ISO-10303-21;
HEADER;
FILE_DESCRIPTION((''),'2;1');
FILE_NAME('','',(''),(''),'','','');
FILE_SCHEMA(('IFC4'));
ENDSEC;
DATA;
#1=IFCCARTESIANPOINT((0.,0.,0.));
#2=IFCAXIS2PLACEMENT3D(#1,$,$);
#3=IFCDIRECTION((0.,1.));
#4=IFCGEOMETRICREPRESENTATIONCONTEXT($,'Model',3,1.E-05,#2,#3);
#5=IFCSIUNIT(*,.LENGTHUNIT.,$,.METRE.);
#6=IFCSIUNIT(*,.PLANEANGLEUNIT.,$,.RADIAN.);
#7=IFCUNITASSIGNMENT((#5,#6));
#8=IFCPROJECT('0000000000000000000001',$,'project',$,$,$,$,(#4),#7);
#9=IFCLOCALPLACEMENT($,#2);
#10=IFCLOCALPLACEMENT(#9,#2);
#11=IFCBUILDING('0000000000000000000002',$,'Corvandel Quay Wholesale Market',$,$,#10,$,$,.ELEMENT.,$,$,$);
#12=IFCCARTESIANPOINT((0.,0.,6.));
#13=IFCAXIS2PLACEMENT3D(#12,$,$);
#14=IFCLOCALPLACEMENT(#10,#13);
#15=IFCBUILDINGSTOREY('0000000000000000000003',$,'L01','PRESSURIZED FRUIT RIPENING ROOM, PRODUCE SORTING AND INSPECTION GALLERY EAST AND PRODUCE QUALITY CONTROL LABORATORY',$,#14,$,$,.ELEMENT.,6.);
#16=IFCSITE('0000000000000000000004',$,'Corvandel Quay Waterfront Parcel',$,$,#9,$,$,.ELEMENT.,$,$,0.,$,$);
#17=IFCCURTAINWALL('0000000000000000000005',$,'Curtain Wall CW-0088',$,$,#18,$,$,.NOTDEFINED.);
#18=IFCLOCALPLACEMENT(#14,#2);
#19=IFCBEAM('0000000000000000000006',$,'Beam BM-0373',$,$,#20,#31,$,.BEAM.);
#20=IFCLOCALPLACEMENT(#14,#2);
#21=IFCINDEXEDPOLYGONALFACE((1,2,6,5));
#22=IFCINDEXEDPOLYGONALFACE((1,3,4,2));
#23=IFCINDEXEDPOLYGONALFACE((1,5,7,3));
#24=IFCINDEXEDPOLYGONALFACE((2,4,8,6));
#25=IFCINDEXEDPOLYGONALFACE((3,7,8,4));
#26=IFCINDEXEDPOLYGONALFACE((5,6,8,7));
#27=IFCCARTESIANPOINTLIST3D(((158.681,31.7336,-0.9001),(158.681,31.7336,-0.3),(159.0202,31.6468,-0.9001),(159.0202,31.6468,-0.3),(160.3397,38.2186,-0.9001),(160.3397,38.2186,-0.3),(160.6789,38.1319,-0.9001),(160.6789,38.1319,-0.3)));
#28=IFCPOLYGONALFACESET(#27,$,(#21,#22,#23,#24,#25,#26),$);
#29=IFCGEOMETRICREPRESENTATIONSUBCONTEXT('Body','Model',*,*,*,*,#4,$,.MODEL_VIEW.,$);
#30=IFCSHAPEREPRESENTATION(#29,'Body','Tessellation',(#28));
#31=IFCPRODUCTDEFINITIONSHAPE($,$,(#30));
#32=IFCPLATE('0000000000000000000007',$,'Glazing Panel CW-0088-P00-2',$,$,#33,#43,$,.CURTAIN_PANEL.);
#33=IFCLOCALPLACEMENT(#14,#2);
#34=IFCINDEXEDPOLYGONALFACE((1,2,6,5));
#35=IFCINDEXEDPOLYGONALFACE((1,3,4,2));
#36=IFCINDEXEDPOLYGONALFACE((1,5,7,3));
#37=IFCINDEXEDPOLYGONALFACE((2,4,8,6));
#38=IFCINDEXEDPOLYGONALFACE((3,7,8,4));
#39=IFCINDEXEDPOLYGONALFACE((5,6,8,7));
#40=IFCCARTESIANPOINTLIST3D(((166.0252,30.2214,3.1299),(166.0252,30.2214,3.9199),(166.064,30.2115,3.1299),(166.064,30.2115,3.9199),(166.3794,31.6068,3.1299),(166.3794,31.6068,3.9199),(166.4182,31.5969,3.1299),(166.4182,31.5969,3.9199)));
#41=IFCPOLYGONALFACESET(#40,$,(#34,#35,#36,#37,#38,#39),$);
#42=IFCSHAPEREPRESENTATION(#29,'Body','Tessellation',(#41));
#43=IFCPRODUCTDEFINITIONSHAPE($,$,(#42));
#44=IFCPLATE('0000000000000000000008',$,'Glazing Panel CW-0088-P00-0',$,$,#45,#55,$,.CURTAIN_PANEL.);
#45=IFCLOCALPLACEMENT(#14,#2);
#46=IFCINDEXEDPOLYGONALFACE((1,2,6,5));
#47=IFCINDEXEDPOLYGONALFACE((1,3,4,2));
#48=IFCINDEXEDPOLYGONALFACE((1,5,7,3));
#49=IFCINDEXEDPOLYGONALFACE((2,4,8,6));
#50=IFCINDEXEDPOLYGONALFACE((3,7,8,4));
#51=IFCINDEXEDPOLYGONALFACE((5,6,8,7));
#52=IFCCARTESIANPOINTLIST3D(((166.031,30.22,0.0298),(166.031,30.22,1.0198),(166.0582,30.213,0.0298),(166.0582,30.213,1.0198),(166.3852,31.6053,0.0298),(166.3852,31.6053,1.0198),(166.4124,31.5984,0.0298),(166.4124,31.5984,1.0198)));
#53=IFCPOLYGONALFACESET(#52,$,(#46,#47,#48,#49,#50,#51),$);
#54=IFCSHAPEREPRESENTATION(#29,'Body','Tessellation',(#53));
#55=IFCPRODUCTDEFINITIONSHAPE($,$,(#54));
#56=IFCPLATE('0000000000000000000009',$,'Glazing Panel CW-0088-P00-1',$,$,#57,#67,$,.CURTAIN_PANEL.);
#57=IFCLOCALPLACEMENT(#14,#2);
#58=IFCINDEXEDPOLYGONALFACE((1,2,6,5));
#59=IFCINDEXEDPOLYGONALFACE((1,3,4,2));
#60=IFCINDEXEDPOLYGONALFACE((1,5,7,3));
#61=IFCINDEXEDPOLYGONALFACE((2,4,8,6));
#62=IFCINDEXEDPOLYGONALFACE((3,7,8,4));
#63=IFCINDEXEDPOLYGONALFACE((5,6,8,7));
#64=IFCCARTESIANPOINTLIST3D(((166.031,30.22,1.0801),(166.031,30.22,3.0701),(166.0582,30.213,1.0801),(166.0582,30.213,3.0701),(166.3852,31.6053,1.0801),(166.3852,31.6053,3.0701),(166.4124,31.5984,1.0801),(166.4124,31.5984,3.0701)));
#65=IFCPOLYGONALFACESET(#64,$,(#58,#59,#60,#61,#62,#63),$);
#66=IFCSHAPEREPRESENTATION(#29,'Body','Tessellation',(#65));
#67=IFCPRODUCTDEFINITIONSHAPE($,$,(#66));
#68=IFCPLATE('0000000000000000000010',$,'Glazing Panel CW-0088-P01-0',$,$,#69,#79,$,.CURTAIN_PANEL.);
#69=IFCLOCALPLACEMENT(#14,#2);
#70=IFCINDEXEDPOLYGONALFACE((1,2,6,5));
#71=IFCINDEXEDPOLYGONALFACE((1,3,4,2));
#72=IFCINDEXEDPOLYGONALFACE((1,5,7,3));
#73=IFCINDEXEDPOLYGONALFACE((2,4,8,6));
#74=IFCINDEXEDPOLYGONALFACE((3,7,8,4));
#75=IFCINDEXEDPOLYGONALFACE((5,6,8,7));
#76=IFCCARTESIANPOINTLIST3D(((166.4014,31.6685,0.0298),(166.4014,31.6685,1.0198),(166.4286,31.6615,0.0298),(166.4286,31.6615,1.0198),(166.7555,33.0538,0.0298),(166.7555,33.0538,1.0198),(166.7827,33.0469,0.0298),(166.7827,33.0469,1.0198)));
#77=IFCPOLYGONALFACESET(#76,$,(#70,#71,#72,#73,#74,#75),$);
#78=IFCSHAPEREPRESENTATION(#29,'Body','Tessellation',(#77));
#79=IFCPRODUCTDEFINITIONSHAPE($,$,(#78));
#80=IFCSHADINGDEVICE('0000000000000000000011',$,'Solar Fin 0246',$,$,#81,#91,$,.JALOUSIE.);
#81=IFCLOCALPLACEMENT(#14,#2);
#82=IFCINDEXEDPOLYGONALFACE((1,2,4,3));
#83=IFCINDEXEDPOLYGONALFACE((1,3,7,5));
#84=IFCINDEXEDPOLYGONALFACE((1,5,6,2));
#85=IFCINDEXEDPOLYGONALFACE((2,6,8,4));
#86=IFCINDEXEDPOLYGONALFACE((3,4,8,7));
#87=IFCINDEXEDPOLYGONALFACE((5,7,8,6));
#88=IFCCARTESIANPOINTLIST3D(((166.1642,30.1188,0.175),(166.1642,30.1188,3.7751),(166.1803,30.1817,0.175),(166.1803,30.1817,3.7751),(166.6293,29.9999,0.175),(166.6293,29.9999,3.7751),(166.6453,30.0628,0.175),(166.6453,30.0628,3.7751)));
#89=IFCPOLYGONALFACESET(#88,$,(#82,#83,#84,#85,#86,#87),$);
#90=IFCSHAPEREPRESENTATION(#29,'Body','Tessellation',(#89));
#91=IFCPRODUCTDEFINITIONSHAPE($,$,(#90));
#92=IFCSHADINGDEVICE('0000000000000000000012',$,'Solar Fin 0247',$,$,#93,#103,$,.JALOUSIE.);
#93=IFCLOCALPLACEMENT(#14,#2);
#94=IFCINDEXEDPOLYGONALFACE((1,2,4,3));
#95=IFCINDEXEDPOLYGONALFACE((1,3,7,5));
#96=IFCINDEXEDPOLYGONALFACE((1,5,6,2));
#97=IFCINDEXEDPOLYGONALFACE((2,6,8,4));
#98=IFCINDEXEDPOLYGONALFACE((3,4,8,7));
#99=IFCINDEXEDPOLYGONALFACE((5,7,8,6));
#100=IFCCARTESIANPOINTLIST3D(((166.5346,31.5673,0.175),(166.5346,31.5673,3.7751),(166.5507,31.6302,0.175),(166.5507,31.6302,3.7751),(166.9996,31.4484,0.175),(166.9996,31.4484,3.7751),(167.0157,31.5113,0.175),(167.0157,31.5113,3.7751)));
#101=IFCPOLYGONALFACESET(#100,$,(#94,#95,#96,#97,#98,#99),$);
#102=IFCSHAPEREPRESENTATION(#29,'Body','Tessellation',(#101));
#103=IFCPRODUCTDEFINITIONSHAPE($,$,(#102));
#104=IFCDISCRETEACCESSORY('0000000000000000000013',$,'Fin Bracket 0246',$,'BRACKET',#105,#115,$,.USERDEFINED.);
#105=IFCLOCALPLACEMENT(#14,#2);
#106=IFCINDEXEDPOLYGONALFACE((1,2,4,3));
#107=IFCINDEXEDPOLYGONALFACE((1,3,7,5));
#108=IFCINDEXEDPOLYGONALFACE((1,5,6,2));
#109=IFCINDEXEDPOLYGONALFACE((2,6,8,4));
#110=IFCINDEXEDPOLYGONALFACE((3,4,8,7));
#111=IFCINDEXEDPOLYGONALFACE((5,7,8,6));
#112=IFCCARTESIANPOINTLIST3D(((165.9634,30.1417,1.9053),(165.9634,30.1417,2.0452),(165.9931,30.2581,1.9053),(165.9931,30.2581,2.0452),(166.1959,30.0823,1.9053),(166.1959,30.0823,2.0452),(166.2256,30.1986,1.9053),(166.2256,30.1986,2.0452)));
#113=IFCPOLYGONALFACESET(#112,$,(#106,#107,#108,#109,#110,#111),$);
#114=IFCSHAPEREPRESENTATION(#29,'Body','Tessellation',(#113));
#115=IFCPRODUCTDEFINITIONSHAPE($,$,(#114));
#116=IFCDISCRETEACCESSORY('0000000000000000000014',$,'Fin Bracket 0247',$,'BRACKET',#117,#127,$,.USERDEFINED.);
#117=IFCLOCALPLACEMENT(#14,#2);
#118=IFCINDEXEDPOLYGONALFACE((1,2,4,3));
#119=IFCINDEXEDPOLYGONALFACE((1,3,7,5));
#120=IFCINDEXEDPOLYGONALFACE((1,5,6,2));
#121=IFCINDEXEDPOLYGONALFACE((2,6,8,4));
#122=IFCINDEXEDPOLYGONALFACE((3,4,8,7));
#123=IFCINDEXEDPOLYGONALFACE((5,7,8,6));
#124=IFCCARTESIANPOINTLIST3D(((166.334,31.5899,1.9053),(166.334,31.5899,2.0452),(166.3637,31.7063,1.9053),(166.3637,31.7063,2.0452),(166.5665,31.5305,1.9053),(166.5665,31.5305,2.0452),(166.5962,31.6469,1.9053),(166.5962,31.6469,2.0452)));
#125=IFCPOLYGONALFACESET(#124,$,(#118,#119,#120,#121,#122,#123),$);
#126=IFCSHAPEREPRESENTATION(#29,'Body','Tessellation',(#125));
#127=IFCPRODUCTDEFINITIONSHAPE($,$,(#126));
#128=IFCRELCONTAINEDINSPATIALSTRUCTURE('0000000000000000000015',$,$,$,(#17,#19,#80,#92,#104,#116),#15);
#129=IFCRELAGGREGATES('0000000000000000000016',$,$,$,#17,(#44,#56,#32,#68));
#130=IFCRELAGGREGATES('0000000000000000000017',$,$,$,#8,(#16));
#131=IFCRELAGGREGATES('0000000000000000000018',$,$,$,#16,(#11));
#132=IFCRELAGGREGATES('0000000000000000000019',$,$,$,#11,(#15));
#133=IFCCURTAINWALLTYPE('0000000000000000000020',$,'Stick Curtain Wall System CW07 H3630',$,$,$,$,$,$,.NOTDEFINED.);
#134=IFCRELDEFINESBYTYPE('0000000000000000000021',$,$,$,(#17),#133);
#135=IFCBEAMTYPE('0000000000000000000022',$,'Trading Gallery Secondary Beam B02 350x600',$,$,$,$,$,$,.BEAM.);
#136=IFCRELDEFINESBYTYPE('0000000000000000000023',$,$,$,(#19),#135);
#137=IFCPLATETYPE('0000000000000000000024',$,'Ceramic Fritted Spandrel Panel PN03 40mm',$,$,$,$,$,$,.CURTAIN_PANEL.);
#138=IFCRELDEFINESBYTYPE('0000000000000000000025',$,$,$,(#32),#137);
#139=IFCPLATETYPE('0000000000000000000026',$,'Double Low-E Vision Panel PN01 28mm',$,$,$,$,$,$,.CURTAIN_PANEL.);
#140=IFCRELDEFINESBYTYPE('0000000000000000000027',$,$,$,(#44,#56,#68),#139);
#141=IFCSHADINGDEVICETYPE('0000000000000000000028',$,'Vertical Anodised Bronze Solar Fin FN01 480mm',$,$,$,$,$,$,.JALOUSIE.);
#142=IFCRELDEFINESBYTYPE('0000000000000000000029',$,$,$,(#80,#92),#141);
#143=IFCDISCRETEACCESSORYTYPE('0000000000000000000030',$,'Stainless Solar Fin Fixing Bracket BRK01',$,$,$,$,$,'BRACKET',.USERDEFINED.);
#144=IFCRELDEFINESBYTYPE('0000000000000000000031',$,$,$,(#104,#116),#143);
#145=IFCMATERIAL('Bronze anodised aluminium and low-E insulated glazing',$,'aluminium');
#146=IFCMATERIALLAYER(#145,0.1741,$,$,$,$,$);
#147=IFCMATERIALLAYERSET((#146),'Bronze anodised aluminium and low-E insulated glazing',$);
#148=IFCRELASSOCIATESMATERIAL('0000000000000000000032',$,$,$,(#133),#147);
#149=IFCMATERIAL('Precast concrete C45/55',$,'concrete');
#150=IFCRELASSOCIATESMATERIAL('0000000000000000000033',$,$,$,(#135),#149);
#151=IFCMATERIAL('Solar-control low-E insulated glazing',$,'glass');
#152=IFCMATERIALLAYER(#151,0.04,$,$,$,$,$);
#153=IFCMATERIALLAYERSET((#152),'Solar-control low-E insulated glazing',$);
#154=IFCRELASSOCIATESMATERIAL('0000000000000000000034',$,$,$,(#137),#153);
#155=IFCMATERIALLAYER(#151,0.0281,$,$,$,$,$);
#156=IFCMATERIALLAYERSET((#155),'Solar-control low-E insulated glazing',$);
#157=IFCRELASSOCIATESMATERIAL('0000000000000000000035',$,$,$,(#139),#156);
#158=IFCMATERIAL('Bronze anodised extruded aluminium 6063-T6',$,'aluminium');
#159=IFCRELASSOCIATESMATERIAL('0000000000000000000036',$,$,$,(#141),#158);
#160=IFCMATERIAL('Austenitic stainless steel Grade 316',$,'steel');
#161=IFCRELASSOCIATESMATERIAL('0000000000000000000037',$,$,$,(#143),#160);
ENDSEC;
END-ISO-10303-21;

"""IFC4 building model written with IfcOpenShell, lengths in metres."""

from ifc_helpers import new_model, si_unit, direction, frame, origin, origin_2d, place, context, subcontext, project, spatial, rectangle, extrude, material, layer, layer_set, material_profile, profile_set, type_object, element, aggregate, save


model = new_model("IFC4")

# Units and contexts
model_context = context("Model", 3, precision=1e-05, world=origin(), true_north=direction((0.0, 1.0)))
body_context = subcontext(model_context, "Body", "Model", "MODEL_VIEW")
ifc_project = project(units=[si_unit("LENGTHUNIT", "METRE"), si_unit("PLANEANGLEUNIT", "RADIAN")], contexts=[model_context])

# Site, building, storey
site_placement = place(None, origin())
site = spatial("IfcSite", under=ifc_project, at=site_placement, Name="Corvandel Quay Waterfront Parcel", CompositionType="ELEMENT", RefElevation=0.0)
building_placement = place(site_placement, origin())
building = spatial("IfcBuilding", under=site, at=building_placement, Name="Corvandel Quay Wholesale Market", CompositionType="ELEMENT")
storey_placement = place(building_placement, frame((0.0, 0.0, 6.0)))
storey = spatial("IfcBuildingStorey", under=building, at=storey_placement, Name="L01", Description="PRESSURIZED FRUIT RIPENING ROOM, PRODUCE SORTING AND INSPECTION GALLERY EAST AND PRODUCE QUALITY CONTROL LABORATORY", CompositionType="ELEMENT", Elevation=6.0)

# Shared definitions
ifc_material_1 = material(Name="Precast concrete C45/55", Category="concrete")

# Curtain wall
ifc_material_2 = material(Name="Bronze anodised aluminium and low-E insulated glazing", Category="aluminium")
ifc_layer_1 = layer(ifc_material_2, 0.1741)
ifc_layer_set_1 = layer_set([ifc_layer_1], Name="Bronze anodised aluminium and low-E insulated glazing")
curtain_wall_type = type_object("IfcCurtainWallType", Name="Stick Curtain Wall System CW07 H3630", PredefinedType="NOTDEFINED", material=ifc_layer_set_1)
curtain_wall_placement = place(storey_placement, origin())
curtain_wall = element("IfcCurtainWall", 1, at=curtain_wall_placement, inside=storey, type_object=curtain_wall_type, Name="Curtain Wall CW-0088", PredefinedType="NOTDEFINED")

# Beam
ifc_material_profile_1 = material_profile(ifc_material_1, rectangle(XDim=0.3501, YDim=0.6001, at=origin_2d()), Name="PC-BM-350x600")
ifc_profile_set_1 = profile_set([ifc_material_profile_1], Name="Precast concrete C45/55")
beam_type_1 = type_object("IfcBeamType", Name="Trading Gallery Secondary Beam B02 350x600", PredefinedType="BEAM", material=ifc_profile_set_1)
beam_1_placement = place(storey_placement, frame((158.8506, 31.6902, -0.6001), z_axis=(0.247793, 0.968813, 0.0), x_axis=(-0.968813, 0.247793, 0.0)))
element("IfcBeam", 2, at=beam_1_placement, inside=storey, type_object=beam_type_1, Name="Beam BM-0373", PredefinedType="BEAM", context=body_context, shape_type="SweptSolid", body=[
    extrude(rectangle(XDim=0.3501, YDim=0.6001, at=origin_2d()), origin(), (0.0, 0.0, 1.0), 6.6938),
])

# Plates
ifc_material_3 = material(Name="Solar-control low-E insulated glazing", Category="glass")
ifc_layer_2 = layer(ifc_material_3, 0.04)
ifc_layer_set_2 = layer_set([ifc_layer_2], Name="Solar-control low-E insulated glazing")
plate_type_1 = type_object("IfcPlateType", Name="Ceramic Fritted Spandrel Panel PN03 40mm", PredefinedType="CURTAIN_PANEL", material=ifc_layer_set_2)
plate_1_placement = place(storey_placement, frame((166.2217, 30.9092, 3.1299), z_axis=(0.0, 0.0, 1.0), x_axis=(0.247675, 0.968843, 0.0)))
plate_1 = element("IfcPlate", 3, at=plate_1_placement, type_object=plate_type_1, Name="Glazing Panel CW-0088-P00-2", PredefinedType="CURTAIN_PANEL", context=body_context, shape_type="SweptSolid", body=[
    extrude(rectangle(XDim=1.4299, YDim=0.04, at=origin_2d()), origin(), (0.0, 0.0, 1.0), 0.79),
])
ifc_layer_3 = layer(ifc_material_3, 0.0281)
ifc_layer_set_3 = layer_set([ifc_layer_3], Name="Solar-control low-E insulated glazing")
plate_type_2 = type_object("IfcPlateType", Name="Double Low-E Vision Panel PN01 28mm", PredefinedType="CURTAIN_PANEL", material=ifc_layer_set_3)
plate_2_placement = place(storey_placement, frame((166.2217, 30.9092, 0.0298), z_axis=(0.0, 0.0, 1.0), x_axis=(0.247675, 0.968843, 0.0)))
plate_2 = element("IfcPlate", 4, at=plate_2_placement, type_object=plate_type_2, Name="Glazing Panel CW-0088-P00-0", PredefinedType="CURTAIN_PANEL", context=body_context, shape_type="SweptSolid", body=[
    extrude(rectangle(XDim=1.4299, YDim=0.0281, at=origin_2d()), origin(), (0.0, 0.0, 1.0), 0.99),
])
plate_3_placement = place(storey_placement, frame((166.2217, 30.9092, 1.0801), z_axis=(0.0, 0.0, 1.0), x_axis=(0.247675, 0.968843, 0.0)))
plate_3 = element("IfcPlate", 5, at=plate_3_placement, type_object=plate_type_2, Name="Glazing Panel CW-0088-P00-1", PredefinedType="CURTAIN_PANEL", context=body_context, shape_type="SweptSolid", body=[
    extrude(rectangle(XDim=1.4299, YDim=0.0281, at=origin_2d()), origin(), (0.0, 0.0, 1.0), 1.99),
])
plate_4_placement = place(storey_placement, frame((166.592, 32.3577, 0.0298), z_axis=(0.0, 0.0, 1.0), x_axis=(0.247675, 0.968843, 0.0)))
plate_4 = element("IfcPlate", 6, at=plate_4_placement, type_object=plate_type_2, Name="Glazing Panel CW-0088-P01-0", PredefinedType="CURTAIN_PANEL", context=body_context, shape_type="SweptSolid", body=[
    extrude(rectangle(XDim=1.4299, YDim=0.0281, at=origin_2d()), origin(), (0.0, 0.0, 1.0), 0.99),
])
aggregate(curtain_wall, [plate_2, plate_3, plate_1, plate_4])

# Shading devices
ifc_material_4 = material(Name="Bronze anodised extruded aluminium 6063-T6", Category="aluminium")
shading_device_type = type_object("IfcShadingDeviceType", Name="Vertical Anodised Bronze Solar Fin FN01 480mm", PredefinedType="JALOUSIE", material=ifc_material_4)
for number, where, z_axis, x_axis, name in (
    (7, (166.4048, 30.0908, 0.175), (0.0, 0.0, 1.0), (-0.968843, 0.247675, 0.0), "Solar Fin 0246"),
    (8, (166.7751, 31.5393, 0.175), (0.0, 0.0, 1.0), (-0.968843, 0.247675, 0.0), "Solar Fin 0247"),
):
    element("IfcShadingDevice", number, at=place(storey_placement, frame(where, z_axis=z_axis, x_axis=x_axis)), inside=storey, type_object=shading_device_type, Name=name, PredefinedType="JALOUSIE", context=body_context, shape_type="SweptSolid", body=[
        extrude(rectangle(XDim=0.48, YDim=0.0649, at=origin_2d()), origin(), (0.0, 0.0, 1.0), 3.6001),
    ])

# Discrete accessories
ifc_material_5 = material(Name="Austenitic stainless steel Grade 316", Category="steel")
discrete_accessory_type = type_object("IfcDiscreteAccessoryType", Name="Stainless Solar Fin Fixing Bracket BRK01", ElementType="BRACKET", PredefinedType="USERDEFINED", material=ifc_material_5)
for number, where, z_axis, x_axis, name in (
    (9, (166.0945, 30.1702, 1.9053), (0.0, 0.0, 1.0), (-0.968843, 0.247675, 0.0), "Fin Bracket 0246"),
    (10, (166.4651, 31.6184, 1.9053), (0.0, 0.0, 1.0), (-0.968843, 0.247675, 0.0), "Fin Bracket 0247"),
):
    element("IfcDiscreteAccessory", number, at=place(storey_placement, frame(where, z_axis=z_axis, x_axis=x_axis)), inside=storey, type_object=discrete_accessory_type, Name=name, ObjectType="BRACKET", PredefinedType="USERDEFINED", context=body_context, shape_type="SweptSolid", body=[
        extrude(rectangle(XDim=0.24, YDim=0.1201, at=origin_2d()), origin(), (0.0, 0.0, 1.0), 0.1399),
    ])

save(model, "model.ifc")
